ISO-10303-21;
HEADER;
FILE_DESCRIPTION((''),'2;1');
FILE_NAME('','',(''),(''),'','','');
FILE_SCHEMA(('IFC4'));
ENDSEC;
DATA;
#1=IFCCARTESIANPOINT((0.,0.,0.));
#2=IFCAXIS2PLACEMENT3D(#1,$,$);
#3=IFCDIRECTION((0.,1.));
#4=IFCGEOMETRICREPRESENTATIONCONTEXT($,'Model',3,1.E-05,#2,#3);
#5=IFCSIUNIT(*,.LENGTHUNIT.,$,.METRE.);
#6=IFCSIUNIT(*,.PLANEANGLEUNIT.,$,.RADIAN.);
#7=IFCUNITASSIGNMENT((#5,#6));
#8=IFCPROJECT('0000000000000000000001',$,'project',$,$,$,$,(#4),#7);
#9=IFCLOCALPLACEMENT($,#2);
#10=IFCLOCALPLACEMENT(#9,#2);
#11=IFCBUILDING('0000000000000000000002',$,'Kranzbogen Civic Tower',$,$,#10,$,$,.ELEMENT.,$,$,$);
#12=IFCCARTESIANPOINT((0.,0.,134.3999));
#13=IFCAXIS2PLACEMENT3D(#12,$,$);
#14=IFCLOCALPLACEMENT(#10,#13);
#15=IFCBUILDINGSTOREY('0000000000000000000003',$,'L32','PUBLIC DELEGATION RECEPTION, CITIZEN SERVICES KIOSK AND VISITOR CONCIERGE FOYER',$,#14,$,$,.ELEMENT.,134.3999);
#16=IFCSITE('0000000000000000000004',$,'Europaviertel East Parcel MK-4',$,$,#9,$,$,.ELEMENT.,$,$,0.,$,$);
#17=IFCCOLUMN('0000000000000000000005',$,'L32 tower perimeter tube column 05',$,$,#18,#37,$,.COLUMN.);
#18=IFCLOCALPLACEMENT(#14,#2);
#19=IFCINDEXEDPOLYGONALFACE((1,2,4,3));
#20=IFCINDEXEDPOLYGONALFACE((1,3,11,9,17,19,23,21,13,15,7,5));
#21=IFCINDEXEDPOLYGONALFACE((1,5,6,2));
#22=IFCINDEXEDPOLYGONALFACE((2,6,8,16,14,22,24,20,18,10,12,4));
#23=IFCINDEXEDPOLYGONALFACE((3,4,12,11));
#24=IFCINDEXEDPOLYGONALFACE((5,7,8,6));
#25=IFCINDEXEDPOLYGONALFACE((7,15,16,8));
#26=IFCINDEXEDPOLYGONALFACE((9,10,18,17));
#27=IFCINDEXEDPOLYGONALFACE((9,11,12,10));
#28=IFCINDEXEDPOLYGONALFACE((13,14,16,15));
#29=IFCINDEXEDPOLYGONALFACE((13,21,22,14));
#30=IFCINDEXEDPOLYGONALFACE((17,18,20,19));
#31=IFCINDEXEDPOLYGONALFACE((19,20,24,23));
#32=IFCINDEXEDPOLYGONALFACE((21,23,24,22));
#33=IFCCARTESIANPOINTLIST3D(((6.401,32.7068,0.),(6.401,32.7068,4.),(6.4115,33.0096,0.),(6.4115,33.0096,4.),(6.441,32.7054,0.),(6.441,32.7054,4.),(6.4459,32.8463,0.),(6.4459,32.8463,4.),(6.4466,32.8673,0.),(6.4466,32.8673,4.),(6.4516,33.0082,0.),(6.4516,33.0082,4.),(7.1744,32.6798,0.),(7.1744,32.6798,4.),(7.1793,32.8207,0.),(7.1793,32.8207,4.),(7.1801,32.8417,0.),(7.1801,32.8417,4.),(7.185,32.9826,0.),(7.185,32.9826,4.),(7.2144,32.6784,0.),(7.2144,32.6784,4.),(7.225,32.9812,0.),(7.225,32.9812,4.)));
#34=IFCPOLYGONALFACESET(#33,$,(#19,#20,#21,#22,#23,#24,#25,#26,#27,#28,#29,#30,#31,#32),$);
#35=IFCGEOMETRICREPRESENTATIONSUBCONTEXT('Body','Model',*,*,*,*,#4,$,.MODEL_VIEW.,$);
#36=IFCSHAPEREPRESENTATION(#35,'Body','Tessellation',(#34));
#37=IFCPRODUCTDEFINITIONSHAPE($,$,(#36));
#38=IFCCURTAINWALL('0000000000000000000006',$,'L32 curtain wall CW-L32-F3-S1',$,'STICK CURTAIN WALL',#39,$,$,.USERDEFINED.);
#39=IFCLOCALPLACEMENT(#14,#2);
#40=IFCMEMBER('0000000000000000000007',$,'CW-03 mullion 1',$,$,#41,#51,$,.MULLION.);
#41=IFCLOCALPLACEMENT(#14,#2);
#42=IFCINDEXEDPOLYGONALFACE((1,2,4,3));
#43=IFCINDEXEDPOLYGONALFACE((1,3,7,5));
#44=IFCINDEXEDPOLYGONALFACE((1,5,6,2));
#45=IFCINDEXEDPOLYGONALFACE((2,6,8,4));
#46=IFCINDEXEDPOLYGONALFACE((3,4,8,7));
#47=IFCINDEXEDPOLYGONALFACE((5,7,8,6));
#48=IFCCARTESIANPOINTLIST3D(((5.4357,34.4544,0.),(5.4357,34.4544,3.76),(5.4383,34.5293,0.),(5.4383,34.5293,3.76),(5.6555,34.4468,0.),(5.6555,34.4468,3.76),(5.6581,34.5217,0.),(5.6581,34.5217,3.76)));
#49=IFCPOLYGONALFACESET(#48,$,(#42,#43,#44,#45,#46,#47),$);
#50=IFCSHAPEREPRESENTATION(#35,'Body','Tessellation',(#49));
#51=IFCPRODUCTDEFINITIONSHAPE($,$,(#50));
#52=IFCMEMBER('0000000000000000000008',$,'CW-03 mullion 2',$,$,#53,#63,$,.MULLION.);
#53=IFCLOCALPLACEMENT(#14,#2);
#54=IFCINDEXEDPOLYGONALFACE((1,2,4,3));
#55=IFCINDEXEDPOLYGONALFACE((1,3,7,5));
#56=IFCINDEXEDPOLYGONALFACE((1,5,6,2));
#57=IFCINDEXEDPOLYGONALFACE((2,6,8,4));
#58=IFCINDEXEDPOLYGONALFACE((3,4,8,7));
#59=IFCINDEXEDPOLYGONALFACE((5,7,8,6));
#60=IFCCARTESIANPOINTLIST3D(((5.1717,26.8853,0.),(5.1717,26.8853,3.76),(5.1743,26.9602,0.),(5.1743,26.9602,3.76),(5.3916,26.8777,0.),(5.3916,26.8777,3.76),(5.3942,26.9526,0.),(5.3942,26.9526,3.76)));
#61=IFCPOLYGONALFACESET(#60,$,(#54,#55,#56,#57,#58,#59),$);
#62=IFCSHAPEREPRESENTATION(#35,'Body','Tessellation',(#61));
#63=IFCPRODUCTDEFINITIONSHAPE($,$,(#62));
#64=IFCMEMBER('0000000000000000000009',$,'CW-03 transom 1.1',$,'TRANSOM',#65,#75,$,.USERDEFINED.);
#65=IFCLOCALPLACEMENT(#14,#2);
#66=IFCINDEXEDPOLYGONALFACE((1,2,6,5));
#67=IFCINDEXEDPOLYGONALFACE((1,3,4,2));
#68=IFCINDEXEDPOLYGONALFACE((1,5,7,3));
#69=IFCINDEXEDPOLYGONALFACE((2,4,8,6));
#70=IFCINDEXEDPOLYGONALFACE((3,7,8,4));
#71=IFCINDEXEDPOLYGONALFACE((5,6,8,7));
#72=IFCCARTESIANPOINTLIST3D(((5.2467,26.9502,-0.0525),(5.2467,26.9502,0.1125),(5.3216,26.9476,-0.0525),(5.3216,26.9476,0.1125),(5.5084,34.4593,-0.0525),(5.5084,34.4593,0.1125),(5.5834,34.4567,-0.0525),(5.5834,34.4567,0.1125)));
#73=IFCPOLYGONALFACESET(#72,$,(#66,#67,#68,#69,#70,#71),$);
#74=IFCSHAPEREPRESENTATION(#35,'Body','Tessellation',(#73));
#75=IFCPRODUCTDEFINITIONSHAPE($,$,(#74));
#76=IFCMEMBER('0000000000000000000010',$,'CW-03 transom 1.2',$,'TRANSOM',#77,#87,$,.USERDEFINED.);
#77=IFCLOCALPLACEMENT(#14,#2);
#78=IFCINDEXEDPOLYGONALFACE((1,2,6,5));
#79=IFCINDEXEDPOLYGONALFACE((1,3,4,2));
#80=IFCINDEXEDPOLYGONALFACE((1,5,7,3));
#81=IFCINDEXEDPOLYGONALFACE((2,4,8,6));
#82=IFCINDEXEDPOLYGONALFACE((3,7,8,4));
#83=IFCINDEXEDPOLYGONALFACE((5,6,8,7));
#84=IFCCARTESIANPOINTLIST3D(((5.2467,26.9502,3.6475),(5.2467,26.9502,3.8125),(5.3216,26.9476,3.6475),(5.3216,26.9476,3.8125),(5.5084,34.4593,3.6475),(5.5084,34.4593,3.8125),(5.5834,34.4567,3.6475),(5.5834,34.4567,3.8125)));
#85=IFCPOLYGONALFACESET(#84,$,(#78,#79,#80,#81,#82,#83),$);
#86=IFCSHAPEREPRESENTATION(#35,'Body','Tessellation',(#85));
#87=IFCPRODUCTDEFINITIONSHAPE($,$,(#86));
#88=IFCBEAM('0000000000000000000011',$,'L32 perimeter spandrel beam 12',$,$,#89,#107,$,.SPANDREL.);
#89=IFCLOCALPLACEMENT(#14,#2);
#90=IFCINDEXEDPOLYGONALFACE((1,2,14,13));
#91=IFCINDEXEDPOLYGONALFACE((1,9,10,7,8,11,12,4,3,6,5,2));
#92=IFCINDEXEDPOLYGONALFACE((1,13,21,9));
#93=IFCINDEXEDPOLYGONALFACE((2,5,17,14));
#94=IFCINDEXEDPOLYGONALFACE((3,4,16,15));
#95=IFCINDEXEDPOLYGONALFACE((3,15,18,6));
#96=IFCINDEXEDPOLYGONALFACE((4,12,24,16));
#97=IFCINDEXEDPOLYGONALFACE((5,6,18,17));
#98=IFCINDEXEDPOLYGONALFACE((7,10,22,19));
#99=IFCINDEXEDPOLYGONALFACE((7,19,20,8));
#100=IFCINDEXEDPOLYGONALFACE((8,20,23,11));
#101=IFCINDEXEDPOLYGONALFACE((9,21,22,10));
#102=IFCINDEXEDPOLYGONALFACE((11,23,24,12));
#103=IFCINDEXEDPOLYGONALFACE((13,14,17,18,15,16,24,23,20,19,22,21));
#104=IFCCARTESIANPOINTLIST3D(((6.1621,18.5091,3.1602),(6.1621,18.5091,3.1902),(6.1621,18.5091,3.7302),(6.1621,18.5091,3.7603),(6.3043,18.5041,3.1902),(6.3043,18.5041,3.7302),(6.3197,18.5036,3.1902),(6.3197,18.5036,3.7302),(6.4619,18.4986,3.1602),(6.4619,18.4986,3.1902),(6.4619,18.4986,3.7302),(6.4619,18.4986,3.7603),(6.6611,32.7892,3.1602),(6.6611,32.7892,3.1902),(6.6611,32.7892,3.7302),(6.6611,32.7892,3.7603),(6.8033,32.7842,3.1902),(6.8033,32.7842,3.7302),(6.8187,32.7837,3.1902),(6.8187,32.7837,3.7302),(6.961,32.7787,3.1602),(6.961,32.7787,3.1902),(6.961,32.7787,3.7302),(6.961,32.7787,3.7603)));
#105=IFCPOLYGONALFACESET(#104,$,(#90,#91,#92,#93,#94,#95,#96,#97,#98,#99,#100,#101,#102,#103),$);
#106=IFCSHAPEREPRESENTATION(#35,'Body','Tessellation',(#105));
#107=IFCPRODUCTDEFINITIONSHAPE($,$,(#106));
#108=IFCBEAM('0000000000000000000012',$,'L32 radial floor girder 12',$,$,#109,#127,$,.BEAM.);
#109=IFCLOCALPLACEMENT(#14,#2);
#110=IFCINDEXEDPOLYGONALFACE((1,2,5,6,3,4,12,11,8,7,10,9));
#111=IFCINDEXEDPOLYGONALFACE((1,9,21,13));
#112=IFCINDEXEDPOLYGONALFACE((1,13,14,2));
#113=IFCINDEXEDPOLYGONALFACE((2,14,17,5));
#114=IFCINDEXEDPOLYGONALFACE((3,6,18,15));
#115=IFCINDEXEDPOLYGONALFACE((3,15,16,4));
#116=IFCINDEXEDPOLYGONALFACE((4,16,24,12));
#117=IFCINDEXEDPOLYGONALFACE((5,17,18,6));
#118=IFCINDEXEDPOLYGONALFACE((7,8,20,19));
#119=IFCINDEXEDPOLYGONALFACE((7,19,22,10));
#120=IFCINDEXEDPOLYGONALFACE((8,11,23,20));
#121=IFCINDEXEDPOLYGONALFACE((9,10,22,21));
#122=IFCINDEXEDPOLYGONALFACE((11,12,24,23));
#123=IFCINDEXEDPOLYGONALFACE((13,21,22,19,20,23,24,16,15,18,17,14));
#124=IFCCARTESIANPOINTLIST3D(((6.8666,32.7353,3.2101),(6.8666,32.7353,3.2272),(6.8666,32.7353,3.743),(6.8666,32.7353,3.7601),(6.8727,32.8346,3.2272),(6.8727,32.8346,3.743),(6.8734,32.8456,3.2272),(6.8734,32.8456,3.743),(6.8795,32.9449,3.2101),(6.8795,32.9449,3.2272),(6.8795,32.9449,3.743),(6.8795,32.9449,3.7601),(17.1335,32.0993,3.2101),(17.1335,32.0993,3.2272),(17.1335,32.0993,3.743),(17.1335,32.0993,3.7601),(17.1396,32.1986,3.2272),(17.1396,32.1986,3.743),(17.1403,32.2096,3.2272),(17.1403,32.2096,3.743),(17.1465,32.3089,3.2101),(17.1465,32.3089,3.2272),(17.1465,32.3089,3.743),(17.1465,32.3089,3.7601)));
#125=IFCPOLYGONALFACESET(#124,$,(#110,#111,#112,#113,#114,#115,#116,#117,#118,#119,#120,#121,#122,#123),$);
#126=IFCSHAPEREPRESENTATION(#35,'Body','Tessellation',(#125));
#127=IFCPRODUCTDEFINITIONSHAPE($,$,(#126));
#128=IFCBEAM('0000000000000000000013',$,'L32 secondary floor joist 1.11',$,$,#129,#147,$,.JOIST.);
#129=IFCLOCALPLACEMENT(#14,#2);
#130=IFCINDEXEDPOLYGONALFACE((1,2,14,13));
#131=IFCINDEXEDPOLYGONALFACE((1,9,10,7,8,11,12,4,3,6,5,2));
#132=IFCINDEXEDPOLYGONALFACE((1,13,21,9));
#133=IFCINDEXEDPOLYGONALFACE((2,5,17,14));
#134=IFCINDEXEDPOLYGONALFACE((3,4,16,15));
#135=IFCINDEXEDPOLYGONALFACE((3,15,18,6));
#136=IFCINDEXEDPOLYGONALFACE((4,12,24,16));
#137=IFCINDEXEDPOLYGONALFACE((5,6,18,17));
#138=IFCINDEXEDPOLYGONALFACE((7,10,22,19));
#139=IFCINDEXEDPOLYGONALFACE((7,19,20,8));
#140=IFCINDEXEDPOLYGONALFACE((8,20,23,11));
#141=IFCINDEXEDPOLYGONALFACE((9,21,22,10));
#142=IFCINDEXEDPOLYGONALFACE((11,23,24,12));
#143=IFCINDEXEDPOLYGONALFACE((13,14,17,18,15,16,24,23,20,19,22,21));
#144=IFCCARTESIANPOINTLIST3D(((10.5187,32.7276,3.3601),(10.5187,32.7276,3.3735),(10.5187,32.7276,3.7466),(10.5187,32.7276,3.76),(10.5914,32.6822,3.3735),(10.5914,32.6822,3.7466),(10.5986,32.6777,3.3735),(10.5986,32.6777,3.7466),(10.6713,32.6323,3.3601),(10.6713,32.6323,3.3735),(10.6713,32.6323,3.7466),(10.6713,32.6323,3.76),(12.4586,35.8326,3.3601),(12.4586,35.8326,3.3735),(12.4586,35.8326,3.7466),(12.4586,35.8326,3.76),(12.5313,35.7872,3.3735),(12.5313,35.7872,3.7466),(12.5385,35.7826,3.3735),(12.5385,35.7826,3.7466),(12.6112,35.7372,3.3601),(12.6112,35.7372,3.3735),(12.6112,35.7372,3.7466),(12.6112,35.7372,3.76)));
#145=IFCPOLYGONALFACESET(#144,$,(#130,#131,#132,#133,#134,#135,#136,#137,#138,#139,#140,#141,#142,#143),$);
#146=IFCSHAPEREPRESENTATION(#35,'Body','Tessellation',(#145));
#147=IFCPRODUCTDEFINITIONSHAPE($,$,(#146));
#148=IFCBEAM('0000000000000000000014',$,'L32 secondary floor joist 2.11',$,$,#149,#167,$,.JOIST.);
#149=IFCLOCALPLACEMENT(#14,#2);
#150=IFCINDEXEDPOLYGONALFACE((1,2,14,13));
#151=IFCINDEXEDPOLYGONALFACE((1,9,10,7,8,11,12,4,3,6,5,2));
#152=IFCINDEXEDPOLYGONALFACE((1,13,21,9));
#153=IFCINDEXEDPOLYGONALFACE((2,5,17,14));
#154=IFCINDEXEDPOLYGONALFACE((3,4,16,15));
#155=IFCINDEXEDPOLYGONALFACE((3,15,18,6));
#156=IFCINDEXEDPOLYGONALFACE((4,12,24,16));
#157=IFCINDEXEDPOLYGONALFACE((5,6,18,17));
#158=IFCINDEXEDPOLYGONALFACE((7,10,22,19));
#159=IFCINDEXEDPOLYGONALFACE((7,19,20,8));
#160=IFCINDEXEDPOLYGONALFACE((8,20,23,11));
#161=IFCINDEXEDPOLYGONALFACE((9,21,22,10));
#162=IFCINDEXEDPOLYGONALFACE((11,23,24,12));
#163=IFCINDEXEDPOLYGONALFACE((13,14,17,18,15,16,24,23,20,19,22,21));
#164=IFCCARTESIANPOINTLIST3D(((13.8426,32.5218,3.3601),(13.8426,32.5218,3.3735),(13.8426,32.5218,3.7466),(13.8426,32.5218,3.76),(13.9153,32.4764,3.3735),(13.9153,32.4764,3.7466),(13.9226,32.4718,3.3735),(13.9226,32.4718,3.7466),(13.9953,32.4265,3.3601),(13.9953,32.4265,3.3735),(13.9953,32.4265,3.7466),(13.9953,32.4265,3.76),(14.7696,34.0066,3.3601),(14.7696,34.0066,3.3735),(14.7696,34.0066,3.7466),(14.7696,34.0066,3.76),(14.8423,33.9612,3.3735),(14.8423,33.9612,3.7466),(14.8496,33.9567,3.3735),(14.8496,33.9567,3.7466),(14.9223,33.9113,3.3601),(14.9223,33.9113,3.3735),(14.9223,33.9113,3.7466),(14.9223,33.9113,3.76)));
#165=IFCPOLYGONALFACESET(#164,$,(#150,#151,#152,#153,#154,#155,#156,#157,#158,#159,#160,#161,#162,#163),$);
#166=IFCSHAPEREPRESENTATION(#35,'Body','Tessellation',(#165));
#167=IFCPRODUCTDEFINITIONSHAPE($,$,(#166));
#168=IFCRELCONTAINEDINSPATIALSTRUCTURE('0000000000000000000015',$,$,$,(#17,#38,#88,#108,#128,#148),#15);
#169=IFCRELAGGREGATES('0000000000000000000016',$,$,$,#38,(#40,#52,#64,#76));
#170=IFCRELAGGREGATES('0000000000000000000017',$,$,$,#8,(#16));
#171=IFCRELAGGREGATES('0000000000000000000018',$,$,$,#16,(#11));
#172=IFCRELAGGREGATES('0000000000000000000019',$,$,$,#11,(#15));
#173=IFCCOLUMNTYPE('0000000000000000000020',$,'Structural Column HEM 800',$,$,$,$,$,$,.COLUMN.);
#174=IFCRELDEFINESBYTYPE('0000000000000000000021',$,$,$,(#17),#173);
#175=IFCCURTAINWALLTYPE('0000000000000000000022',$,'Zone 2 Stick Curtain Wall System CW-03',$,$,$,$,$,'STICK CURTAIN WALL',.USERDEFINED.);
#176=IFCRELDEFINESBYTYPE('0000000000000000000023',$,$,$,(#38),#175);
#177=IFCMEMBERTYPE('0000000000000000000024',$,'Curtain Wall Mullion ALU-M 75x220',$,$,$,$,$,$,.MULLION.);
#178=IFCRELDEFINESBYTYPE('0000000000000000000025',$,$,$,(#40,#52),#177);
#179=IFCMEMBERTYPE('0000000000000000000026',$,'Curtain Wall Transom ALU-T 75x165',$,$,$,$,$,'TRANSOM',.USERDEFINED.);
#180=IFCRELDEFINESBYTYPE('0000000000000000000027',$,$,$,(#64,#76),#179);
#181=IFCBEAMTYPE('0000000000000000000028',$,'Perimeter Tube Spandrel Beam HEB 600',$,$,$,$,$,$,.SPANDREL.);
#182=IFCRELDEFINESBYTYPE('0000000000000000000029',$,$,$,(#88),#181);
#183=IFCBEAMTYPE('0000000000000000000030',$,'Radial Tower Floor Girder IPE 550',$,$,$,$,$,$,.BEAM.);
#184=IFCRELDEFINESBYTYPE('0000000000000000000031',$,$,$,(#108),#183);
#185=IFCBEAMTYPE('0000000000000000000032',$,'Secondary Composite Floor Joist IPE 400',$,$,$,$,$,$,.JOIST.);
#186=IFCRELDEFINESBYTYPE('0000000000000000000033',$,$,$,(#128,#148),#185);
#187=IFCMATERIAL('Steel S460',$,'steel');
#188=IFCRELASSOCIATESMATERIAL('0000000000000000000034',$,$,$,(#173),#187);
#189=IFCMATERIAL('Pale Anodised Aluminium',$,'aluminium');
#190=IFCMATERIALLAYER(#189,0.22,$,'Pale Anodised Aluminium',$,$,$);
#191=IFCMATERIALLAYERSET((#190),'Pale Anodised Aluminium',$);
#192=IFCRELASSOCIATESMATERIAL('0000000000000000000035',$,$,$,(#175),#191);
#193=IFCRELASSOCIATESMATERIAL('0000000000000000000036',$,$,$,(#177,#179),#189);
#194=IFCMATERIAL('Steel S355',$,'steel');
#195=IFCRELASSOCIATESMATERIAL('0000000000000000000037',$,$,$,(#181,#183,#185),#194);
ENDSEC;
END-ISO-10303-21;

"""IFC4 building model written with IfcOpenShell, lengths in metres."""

from ifc_helpers import new_model, si_unit, direction, frame, origin, origin_2d, place, context, subcontext, project, spatial, rectangle, i_section, extrude, material, layer, layer_set, material_profile, profile_set, type_object, element, aggregate, save


model = new_model("IFC4")

# Units and contexts
model_context = context("Model", 3, precision=1e-05, world=origin(), true_north=direction((0.0, 1.0)))
body_context = subcontext(model_context, "Body", "Model", "MODEL_VIEW")
ifc_project = project(units=[si_unit("LENGTHUNIT", "METRE"), si_unit("PLANEANGLEUNIT", "RADIAN")], contexts=[model_context])

# Site, building, storey
site_placement = place(None, origin())
site = spatial("IfcSite", under=ifc_project, at=site_placement, Name="Europaviertel East Parcel MK-4", CompositionType="ELEMENT", RefElevation=0.0)
building_placement = place(site_placement, origin())
building = spatial("IfcBuilding", under=site, at=building_placement, Name="Kranzbogen Civic Tower", CompositionType="ELEMENT")
storey_placement = place(building_placement, frame((0.0, 0.0, 134.3999)))
storey = spatial("IfcBuildingStorey", under=building, at=storey_placement, Name="L32", Description="PUBLIC DELEGATION RECEPTION, CITIZEN SERVICES KIOSK AND VISITOR CONCIERGE FOYER", CompositionType="ELEMENT", Elevation=134.3999)

# Column
ifc_material_1 = material(Name="Steel S460", Category="steel")
ifc_material_profile_1 = material_profile(ifc_material_1, i_section(OverallWidth=0.303, OverallDepth=0.814, WebThickness=0.021, FlangeThickness=0.04, at=origin_2d()), Name="HEM 800")
ifc_profile_set_1 = profile_set([ifc_material_profile_1], Name="Steel S460")
column_type = type_object("IfcColumnType", Name="Structural Column HEM 800", PredefinedType="COLUMN", material=ifc_profile_set_1)
column_placement = place(storey_placement, frame((6.813, 32.844, 0.0), z_axis=(0.0, 0.0, 1.0), x_axis=(0.034899, 0.999391, 0.0)))
element("IfcColumn", 1, at=column_placement, inside=storey, type_object=column_type, Name="L32 tower perimeter tube column 05", PredefinedType="COLUMN", context=body_context, shape_type="SweptSolid", body=[
    extrude(i_section(OverallWidth=0.303, OverallDepth=0.814, WebThickness=0.021, FlangeThickness=0.04, at=origin_2d()), origin(), (0.0, 0.0, 1.0), 4.0),
])

# Curtain wall, members
ifc_material_2 = material(Name="Pale Anodised Aluminium", Category="aluminium")
ifc_layer_1 = layer(ifc_material_2, 0.22, Name="Pale Anodised Aluminium")
ifc_layer_set_1 = layer_set([ifc_layer_1], Name="Pale Anodised Aluminium")
curtain_wall_type = type_object("IfcCurtainWallType", Name="Zone 2 Stick Curtain Wall System CW-03", ElementType="STICK CURTAIN WALL", PredefinedType="USERDEFINED", material=ifc_layer_set_1)
curtain_wall_placement = place(storey_placement, origin())
curtain_wall = element("IfcCurtainWall", 2, at=curtain_wall_placement, inside=storey, type_object=curtain_wall_type, Name="L32 curtain wall CW-L32-F3-S1", ObjectType="STICK CURTAIN WALL", PredefinedType="USERDEFINED")
ifc_material_profile_2 = material_profile(ifc_material_2, rectangle(XDim=0.075, YDim=0.22, at=origin_2d()), Name="ALU-M 75x220")
ifc_profile_set_2 = profile_set([ifc_material_profile_2], Name="Pale Anodised Aluminium")
member_type_1 = type_object("IfcMemberType", Name="Curtain Wall Mullion ALU-M 75x220", PredefinedType="MULLION", material=ifc_profile_set_2)
member_1_placement = place(storey_placement, frame((5.5469, 34.488, 0.0), z_axis=(0.0, 0.0, 1.0), x_axis=(-0.034846, -0.999393, 0.0)))
member_1 = element("IfcMember", 3, at=member_1_placement, type_object=member_type_1, Name="CW-03 mullion 1", PredefinedType="MULLION", context=body_context, shape_type="SweptSolid", body=[
    extrude(rectangle(XDim=0.075, YDim=0.22, at=origin_2d()), origin(), (0.0, 0.0, 1.0), 3.76),
])
member_2_placement = place(storey_placement, frame((5.283, 26.9189, 0.0), z_axis=(0.0, 0.0, 1.0), x_axis=(-0.034846, -0.999393, 0.0)))
member_2 = element("IfcMember", 4, at=member_2_placement, type_object=member_type_1, Name="CW-03 mullion 2", PredefinedType="MULLION", context=body_context, shape_type="SweptSolid", body=[
    extrude(rectangle(XDim=0.075, YDim=0.22, at=origin_2d()), origin(), (0.0, 0.0, 1.0), 3.76),
])
ifc_material_profile_3 = material_profile(ifc_material_2, rectangle(XDim=0.075, YDim=0.165, at=origin_2d()), Name="ALU-T 75x165")
ifc_profile_set_3 = profile_set([ifc_material_profile_3], Name="Pale Anodised Aluminium")
member_type_2 = type_object("IfcMemberType", Name="Curtain Wall Transom ALU-T 75x165", ElementType="TRANSOM", PredefinedType="USERDEFINED", material=ifc_profile_set_3)
member_3_placement = place(storey_placement, frame((5.5459, 34.458, 0.03), z_axis=(-0.034833, -0.999393, 0.0), x_axis=(0.999393, -0.034833, 0.0)))
member_3 = element("IfcMember", 5, at=member_3_placement, type_object=member_type_2, Name="CW-03 transom 1.1", ObjectType="TRANSOM", PredefinedType="USERDEFINED", context=body_context, shape_type="SweptSolid", body=[
    extrude(rectangle(XDim=0.075, YDim=0.165, at=origin_2d()), origin(), (0.0, 0.0, 1.0), 7.5137),
])
member_4_placement = place(storey_placement, frame((5.5459, 34.458, 3.73), z_axis=(-0.034833, -0.999393, 0.0), x_axis=(0.999393, -0.034833, 0.0)))
member_4 = element("IfcMember", 6, at=member_4_placement, type_object=member_type_2, Name="CW-03 transom 1.2", ObjectType="TRANSOM", PredefinedType="USERDEFINED", context=body_context, shape_type="SweptSolid", body=[
    extrude(rectangle(XDim=0.075, YDim=0.165, at=origin_2d()), origin(), (0.0, 0.0, 1.0), 7.5137),
])

# Beams
ifc_material_3 = material(Name="Steel S355", Category="steel")
ifc_material_profile_4 = material_profile(ifc_material_3, i_section(OverallWidth=0.3, OverallDepth=0.6001, WebThickness=0.0154, FlangeThickness=0.03, at=origin_2d()), Name="HEB 600")
ifc_profile_set_4 = profile_set([ifc_material_profile_4], Name="Steel S355")
beam_type_1 = type_object("IfcBeamType", Name="Perimeter Tube Spandrel Beam HEB 600", PredefinedType="SPANDREL", material=ifc_profile_set_4)
beam_1_placement = place(storey_placement, frame((6.811, 32.7839, 3.4602), z_axis=(-0.034924, -0.99939, 0.0), x_axis=(0.99939, -0.034924, 0.0)))
element("IfcBeam", 7, at=beam_1_placement, inside=storey, type_object=beam_type_1, Name="L32 perimeter spandrel beam 12", PredefinedType="SPANDREL", context=body_context, shape_type="SweptSolid", body=[
    extrude(i_section(OverallWidth=0.3, OverallDepth=0.6001, WebThickness=0.0154, FlangeThickness=0.03, at=origin_2d()), origin(), (0.0, 0.0, 1.0), 14.2888),
])
ifc_material_profile_5 = material_profile(ifc_material_3, i_section(OverallWidth=0.21, OverallDepth=0.55, WebThickness=0.011, FlangeThickness=0.0171, at=origin_2d()), Name="IPE 550")
ifc_profile_set_5 = profile_set([ifc_material_profile_5], Name="Steel S355")
beam_type_2 = type_object("IfcBeamType", Name="Radial Tower Floor Girder IPE 550", PredefinedType="BEAM", material=ifc_profile_set_5)
beam_2_placement = place(storey_placement, frame((6.873, 32.8401, 3.4851), z_axis=(0.998087, -0.061827, 0.0), x_axis=(0.061827, 0.998087, 0.0)))
element("IfcBeam", 8, at=beam_2_placement, inside=storey, type_object=beam_type_2, Name="L32 radial floor girder 12", PredefinedType="BEAM", context=body_context, shape_type="SweptSolid", body=[
    extrude(i_section(OverallWidth=0.21, OverallDepth=0.55, WebThickness=0.011, FlangeThickness=0.0171, at=origin_2d()), origin(), (0.0, 0.0, 1.0), 10.2866),
])
ifc_material_profile_6 = material_profile(ifc_material_3, i_section(OverallWidth=0.1799, OverallDepth=0.3999, WebThickness=0.0085, FlangeThickness=0.0134, at=origin_2d()), Name="IPE 400")
ifc_profile_set_6 = profile_set([ifc_material_profile_6], Name="Steel S355")
beam_type_3 = type_object("IfcBeamType", Name="Secondary Composite Floor Joist IPE 400", PredefinedType="JOIST", material=ifc_profile_set_6)
beam_3_placement = place(storey_placement, frame((12.5349, 35.7849, 3.5601), z_axis=(-0.529867, -0.848081, 0.0), x_axis=(0.848081, -0.529867, 0.0)))
element("IfcBeam", 9, at=beam_3_placement, inside=storey, type_object=beam_type_3, Name="L32 secondary floor joist 1.11", PredefinedType="JOIST", context=body_context, shape_type="SweptSolid", body=[
    extrude(i_section(OverallWidth=0.1799, OverallDepth=0.3999, WebThickness=0.0085, FlangeThickness=0.0134, at=origin_2d()), origin(), (0.0, 0.0, 1.0), 3.6611),
])
beam_4_placement = place(storey_placement, frame((14.8459, 33.959, 3.5601), z_axis=(-0.529573, -0.848265, 0.0), x_axis=(0.848265, -0.529573, 0.0)))
element("IfcBeam", 10, at=beam_4_placement, inside=storey, type_object=beam_type_3, Name="L32 secondary floor joist 2.11", PredefinedType="JOIST", context=body_context, shape_type="SweptSolid", body=[
    extrude(i_section(OverallWidth=0.1799, OverallDepth=0.3999, WebThickness=0.0085, FlangeThickness=0.0134, at=origin_2d()), origin(), (0.0, 0.0, 1.0), 1.7505),
])

aggregate(curtain_wall, [member_1, member_2, member_3, member_4])

save(model, "model.ifc")
